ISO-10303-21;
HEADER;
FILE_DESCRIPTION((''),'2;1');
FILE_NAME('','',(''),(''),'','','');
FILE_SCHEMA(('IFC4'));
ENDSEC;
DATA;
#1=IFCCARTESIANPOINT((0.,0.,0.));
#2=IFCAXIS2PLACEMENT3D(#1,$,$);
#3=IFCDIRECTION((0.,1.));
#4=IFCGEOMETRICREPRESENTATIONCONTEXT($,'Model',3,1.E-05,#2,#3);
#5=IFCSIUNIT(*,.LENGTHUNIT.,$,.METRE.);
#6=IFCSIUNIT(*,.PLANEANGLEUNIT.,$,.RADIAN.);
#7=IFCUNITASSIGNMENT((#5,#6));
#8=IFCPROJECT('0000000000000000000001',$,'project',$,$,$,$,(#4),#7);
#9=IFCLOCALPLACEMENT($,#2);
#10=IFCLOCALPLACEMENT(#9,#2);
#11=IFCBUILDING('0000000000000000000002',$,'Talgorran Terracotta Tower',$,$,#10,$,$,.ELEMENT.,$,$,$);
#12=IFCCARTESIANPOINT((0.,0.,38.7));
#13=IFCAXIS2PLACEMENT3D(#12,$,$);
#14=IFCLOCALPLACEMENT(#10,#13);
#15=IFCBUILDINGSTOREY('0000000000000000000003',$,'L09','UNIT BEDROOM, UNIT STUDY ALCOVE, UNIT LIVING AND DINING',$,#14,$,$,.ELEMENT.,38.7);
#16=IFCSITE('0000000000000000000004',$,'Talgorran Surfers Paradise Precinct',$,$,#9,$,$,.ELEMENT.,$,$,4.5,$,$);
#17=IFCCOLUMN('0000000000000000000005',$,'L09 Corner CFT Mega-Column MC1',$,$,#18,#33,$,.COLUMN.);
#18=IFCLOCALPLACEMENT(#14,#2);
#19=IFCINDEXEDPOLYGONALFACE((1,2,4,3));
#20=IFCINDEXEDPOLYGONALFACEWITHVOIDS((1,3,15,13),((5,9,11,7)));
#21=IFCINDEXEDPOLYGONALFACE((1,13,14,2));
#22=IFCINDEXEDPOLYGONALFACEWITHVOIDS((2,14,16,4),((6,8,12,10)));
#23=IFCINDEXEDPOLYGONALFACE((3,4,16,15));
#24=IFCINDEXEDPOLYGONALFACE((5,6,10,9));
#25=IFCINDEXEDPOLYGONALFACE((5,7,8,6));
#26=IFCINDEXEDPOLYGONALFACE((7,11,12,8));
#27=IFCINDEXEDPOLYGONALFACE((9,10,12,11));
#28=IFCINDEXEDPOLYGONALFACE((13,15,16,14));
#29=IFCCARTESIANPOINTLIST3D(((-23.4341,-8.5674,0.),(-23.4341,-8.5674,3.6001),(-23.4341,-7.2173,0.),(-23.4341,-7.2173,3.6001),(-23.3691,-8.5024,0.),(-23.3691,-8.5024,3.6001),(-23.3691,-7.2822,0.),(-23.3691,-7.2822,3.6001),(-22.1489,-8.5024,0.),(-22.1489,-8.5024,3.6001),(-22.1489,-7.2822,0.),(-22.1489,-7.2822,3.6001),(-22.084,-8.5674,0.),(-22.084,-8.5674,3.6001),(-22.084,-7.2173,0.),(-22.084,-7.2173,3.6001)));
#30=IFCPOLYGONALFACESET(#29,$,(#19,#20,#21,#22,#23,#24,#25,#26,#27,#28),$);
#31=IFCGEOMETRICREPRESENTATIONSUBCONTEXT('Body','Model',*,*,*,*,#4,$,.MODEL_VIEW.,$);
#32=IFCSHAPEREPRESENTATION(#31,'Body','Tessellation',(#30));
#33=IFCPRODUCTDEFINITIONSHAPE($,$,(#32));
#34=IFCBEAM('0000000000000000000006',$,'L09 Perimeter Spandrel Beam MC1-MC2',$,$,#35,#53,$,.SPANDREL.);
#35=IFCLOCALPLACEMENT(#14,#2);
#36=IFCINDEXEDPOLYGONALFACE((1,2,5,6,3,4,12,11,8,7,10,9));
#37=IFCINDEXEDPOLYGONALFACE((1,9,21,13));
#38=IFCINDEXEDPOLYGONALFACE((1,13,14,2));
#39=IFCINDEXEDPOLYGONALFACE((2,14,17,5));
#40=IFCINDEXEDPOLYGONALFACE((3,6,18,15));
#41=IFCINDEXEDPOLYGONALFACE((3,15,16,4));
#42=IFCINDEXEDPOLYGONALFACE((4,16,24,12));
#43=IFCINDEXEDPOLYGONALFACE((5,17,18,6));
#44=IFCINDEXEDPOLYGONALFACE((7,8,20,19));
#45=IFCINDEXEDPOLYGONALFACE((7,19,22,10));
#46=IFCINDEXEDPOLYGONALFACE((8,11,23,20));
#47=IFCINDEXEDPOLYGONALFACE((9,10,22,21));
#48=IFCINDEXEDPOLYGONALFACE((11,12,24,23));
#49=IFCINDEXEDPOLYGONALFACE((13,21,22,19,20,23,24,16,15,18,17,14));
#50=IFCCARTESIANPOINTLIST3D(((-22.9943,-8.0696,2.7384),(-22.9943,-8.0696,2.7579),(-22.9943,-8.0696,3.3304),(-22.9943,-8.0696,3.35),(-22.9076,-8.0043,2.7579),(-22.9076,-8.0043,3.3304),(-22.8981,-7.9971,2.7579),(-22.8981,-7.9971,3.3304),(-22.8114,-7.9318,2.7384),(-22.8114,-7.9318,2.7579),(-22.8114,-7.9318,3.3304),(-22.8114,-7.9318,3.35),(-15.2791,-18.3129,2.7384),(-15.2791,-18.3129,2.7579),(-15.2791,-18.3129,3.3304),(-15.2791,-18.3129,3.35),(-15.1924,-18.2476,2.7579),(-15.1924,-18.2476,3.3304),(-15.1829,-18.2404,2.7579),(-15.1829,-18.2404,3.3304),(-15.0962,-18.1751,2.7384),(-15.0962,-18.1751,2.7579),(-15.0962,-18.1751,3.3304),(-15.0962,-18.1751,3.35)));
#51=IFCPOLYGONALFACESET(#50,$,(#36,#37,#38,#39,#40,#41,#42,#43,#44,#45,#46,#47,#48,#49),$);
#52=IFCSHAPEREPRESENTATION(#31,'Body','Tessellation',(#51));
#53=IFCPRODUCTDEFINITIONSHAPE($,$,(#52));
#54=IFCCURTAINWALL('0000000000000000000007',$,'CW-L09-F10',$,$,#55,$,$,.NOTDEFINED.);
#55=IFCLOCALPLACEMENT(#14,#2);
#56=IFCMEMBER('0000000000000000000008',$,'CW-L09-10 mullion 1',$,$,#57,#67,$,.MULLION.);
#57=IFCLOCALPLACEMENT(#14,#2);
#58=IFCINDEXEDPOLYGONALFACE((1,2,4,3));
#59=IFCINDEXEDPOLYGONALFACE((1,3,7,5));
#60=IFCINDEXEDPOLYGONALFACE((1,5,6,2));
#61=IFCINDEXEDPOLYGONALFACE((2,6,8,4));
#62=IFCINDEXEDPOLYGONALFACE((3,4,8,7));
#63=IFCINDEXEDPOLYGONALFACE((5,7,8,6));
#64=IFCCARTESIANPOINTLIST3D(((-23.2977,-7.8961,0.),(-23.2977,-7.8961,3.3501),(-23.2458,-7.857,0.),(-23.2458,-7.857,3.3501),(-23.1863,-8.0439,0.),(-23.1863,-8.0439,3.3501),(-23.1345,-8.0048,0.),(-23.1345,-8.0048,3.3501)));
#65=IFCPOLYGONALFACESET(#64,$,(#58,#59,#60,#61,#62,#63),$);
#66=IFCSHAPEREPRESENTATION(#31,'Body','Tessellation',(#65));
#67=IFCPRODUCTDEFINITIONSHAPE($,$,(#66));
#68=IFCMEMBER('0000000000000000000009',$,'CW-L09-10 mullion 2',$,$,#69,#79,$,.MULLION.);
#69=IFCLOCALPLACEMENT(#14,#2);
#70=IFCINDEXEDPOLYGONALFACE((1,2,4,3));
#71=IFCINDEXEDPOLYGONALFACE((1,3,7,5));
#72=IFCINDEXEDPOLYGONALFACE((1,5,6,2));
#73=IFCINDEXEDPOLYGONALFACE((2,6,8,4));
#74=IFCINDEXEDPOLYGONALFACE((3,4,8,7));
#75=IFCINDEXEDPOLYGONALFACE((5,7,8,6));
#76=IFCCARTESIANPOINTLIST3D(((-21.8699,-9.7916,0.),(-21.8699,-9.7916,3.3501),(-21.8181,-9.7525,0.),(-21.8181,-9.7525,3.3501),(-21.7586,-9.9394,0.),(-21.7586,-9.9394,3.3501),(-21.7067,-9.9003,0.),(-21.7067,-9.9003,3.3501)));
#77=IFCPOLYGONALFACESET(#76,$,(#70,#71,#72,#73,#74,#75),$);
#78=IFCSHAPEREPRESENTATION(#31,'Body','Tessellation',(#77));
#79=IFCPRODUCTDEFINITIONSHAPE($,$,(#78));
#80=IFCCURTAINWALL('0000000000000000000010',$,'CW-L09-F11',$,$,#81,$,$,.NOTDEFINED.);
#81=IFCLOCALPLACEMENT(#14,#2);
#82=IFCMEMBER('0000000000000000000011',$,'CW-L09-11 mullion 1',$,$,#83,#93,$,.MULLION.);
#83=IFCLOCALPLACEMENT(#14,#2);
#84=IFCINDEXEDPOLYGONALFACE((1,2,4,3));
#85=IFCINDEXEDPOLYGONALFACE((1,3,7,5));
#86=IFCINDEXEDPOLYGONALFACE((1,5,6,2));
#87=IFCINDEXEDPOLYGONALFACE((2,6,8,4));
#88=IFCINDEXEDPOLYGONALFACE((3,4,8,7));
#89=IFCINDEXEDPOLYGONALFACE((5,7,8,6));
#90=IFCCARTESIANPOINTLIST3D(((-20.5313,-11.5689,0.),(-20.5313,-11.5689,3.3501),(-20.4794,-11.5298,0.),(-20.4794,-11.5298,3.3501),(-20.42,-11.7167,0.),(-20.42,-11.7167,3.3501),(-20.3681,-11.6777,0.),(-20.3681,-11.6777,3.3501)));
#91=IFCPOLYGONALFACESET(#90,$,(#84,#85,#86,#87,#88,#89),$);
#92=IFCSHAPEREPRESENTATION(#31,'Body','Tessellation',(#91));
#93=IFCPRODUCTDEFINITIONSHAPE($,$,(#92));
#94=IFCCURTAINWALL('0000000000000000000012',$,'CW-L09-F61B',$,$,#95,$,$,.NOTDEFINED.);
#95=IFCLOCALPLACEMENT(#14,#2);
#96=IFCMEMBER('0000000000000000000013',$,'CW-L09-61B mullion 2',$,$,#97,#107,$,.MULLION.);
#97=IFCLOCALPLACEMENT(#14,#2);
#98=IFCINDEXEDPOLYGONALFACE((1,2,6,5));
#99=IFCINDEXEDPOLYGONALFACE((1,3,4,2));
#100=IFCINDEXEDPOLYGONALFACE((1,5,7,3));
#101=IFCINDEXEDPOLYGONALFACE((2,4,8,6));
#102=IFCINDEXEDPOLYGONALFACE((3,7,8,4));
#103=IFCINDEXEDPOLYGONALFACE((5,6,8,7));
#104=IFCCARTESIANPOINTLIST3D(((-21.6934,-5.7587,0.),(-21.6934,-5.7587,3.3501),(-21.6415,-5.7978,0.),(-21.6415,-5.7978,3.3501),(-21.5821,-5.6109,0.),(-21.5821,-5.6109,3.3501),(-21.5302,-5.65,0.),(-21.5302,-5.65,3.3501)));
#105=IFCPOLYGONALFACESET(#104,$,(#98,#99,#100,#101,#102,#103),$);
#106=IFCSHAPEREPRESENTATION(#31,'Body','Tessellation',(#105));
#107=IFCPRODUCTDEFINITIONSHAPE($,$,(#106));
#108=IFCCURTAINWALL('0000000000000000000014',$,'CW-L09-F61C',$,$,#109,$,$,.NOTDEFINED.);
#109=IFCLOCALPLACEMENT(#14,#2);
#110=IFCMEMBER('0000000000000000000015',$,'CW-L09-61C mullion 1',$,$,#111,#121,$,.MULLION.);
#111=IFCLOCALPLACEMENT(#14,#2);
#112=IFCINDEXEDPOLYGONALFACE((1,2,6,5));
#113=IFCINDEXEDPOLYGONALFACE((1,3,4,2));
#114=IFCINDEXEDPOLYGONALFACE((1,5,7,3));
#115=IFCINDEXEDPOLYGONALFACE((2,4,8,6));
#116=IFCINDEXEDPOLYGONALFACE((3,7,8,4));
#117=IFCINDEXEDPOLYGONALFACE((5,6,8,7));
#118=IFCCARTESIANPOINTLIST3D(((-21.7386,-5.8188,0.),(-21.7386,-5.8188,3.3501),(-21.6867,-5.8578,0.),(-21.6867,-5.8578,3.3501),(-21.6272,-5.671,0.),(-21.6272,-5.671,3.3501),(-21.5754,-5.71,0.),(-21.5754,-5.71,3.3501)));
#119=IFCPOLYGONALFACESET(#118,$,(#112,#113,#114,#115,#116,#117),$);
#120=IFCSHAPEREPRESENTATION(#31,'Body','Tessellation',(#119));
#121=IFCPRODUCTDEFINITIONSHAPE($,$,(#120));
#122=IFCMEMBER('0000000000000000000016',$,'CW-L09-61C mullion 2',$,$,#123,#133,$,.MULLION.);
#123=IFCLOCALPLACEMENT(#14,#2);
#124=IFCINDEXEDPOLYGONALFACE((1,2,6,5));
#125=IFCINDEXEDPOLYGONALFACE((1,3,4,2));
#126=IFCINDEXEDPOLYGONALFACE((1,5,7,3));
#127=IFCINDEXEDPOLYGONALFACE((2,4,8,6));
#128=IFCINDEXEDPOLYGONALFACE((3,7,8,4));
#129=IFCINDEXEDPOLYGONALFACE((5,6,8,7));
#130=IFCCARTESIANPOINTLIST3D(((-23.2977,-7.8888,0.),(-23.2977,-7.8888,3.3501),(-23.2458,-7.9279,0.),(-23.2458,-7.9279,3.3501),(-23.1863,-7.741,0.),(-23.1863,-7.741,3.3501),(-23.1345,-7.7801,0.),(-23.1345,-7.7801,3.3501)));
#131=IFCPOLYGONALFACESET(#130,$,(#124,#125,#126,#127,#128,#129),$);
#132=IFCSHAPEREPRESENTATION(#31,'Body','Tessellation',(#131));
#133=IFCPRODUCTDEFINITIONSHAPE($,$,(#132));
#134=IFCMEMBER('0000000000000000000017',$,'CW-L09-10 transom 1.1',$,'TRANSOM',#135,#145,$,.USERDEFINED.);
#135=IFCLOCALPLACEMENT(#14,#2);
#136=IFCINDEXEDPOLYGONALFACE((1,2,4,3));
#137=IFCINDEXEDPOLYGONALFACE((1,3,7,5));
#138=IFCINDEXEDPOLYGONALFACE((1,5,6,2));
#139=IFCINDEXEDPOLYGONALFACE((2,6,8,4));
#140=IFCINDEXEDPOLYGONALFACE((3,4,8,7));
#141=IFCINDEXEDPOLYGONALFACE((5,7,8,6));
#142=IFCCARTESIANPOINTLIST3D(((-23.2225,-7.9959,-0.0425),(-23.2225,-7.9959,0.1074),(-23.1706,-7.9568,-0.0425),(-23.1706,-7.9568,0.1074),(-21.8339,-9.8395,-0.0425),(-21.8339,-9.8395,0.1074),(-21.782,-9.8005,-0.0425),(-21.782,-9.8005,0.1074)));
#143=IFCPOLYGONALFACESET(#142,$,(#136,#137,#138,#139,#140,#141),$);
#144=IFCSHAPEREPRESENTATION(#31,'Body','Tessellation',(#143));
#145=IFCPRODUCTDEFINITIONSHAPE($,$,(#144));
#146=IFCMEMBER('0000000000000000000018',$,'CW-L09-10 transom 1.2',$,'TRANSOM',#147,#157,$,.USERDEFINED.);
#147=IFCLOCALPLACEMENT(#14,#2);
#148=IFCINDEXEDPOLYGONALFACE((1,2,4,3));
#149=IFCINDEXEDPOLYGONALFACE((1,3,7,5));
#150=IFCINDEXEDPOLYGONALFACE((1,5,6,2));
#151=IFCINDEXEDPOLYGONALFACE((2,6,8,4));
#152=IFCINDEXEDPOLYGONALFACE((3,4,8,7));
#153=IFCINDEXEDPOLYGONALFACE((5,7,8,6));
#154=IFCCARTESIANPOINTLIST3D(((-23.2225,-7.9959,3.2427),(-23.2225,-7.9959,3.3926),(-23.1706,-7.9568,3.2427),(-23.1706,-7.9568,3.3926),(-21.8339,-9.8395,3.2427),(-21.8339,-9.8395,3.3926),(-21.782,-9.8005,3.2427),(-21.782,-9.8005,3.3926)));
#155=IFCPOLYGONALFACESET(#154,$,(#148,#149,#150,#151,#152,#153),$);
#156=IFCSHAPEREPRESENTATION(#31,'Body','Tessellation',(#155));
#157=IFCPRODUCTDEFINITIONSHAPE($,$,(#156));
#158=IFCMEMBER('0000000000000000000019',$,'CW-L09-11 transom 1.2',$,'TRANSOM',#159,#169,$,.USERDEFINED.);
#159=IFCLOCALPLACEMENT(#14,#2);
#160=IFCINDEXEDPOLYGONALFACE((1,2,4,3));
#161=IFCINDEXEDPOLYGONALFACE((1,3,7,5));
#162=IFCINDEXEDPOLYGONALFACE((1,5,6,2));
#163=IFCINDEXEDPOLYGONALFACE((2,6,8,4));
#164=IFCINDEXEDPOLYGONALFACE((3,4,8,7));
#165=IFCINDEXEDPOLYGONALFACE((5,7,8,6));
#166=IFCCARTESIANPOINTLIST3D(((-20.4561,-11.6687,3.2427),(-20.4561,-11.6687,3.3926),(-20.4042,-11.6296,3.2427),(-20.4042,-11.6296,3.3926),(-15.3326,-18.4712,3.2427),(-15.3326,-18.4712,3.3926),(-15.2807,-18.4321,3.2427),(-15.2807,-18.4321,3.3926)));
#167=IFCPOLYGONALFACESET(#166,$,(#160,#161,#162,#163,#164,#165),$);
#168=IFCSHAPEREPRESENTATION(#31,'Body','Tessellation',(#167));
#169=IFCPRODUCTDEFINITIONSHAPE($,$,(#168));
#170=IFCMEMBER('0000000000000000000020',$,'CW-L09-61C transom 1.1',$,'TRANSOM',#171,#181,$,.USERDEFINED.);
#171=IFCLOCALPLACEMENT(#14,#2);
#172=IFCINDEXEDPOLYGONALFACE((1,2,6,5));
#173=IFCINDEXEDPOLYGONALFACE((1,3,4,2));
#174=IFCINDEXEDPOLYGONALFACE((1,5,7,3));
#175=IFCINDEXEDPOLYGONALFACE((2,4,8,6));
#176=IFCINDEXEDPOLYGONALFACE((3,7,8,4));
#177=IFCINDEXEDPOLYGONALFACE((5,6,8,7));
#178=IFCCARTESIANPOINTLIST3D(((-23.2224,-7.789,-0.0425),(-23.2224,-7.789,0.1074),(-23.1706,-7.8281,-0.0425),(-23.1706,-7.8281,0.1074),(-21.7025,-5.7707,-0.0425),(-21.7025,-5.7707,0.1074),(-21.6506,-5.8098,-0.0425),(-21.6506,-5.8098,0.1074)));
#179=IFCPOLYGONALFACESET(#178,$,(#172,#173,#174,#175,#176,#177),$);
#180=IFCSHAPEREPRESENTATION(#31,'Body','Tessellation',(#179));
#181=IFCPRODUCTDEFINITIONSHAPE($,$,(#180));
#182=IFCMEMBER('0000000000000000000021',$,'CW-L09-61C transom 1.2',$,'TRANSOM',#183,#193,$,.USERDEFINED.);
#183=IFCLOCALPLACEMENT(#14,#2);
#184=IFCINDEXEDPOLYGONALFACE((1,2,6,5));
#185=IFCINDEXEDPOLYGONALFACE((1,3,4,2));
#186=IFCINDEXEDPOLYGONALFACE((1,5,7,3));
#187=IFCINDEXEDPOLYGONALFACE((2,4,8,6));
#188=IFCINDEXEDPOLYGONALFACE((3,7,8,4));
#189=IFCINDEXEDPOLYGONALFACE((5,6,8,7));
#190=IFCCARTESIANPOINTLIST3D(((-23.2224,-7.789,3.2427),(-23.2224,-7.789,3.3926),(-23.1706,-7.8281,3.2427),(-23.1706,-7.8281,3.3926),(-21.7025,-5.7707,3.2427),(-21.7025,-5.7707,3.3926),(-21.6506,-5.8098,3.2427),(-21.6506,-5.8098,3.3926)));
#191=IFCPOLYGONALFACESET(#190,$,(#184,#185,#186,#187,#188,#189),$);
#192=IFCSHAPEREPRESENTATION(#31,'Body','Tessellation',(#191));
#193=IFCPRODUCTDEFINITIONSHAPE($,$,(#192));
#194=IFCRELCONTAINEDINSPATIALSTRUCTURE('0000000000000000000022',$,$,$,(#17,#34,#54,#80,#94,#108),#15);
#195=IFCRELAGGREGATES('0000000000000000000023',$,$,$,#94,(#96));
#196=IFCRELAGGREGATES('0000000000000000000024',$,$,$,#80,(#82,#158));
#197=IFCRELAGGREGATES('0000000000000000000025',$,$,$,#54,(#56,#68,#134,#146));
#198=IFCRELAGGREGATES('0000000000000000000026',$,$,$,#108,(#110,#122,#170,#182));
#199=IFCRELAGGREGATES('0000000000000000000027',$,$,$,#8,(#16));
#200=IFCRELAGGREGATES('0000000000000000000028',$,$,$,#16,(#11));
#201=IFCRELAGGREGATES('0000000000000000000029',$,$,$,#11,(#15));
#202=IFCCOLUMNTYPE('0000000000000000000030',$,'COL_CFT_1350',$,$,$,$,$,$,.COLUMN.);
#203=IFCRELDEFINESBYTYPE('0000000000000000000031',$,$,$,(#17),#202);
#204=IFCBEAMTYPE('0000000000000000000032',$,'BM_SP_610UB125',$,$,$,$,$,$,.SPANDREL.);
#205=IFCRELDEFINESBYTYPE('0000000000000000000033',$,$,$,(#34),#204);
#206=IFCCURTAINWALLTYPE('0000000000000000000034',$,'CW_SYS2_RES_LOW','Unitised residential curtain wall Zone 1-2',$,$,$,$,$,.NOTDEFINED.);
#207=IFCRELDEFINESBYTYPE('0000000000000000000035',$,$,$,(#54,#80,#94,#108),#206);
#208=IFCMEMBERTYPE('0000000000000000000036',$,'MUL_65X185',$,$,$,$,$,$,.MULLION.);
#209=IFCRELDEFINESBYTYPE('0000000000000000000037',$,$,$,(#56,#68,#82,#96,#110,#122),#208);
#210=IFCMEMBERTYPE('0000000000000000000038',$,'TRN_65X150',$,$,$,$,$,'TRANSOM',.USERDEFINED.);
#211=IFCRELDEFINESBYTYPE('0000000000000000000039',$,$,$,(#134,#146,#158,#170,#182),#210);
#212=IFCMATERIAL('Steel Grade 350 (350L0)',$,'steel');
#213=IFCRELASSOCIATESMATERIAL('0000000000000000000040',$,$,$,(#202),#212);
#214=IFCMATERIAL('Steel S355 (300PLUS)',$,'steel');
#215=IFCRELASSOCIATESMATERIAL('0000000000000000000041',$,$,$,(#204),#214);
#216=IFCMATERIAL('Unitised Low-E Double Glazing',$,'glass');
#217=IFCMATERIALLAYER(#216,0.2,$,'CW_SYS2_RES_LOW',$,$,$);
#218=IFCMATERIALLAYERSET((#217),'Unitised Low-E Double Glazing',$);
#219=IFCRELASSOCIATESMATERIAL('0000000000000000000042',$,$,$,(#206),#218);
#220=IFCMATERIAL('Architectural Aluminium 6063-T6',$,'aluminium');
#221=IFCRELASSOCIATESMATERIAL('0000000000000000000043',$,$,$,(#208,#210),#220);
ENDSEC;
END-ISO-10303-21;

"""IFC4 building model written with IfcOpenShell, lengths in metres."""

from ifc_helpers import new_model, si_unit, direction, frame, origin, origin_2d, place, context, subcontext, project, spatial, rectangle, hollow_rectangle, i_section, extrude, material, layer, layer_set, material_profile, profile_set, type_object, element, aggregate, save


model = new_model("IFC4")

# Units and contexts
model_context = context("Model", 3, precision=1e-05, world=origin(), true_north=direction((0.0, 1.0)))
body_context = subcontext(model_context, "Body", "Model", "MODEL_VIEW")
ifc_project = project(units=[si_unit("LENGTHUNIT", "METRE"), si_unit("PLANEANGLEUNIT", "RADIAN")], contexts=[model_context])

# Site, building, storey
site_placement = place(None, origin())
site = spatial("IfcSite", under=ifc_project, at=site_placement, Name="Talgorran Surfers Paradise Precinct", CompositionType="ELEMENT", RefElevation=4.5)
building_placement = place(site_placement, origin())
building = spatial("IfcBuilding", under=site, at=building_placement, Name="Talgorran Terracotta Tower", CompositionType="ELEMENT")
storey_placement = place(building_placement, frame((0.0, 0.0, 38.7)))
storey = spatial("IfcBuildingStorey", under=building, at=storey_placement, Name="L09", Description="UNIT BEDROOM, UNIT STUDY ALCOVE, UNIT LIVING AND DINING", CompositionType="ELEMENT", Elevation=38.7)

# Column
ifc_material_1 = material(Name="Steel Grade 350 (350L0)", Category="steel")
ifc_material_profile_1 = material_profile(ifc_material_1, hollow_rectangle(XDim=1.3501, YDim=1.3501, WallThickness=0.0649, at=origin_2d()), Name="CFT1350X1350X65")
ifc_profile_set_1 = profile_set([ifc_material_profile_1], Name="Steel Grade 350 (350L0)")
column_type = type_object("IfcColumnType", Name="COL_CFT_1350", PredefinedType="COLUMN", material=ifc_profile_set_1)
column_placement = place(storey_placement, frame((-22.759, -7.8923, 0.0), z_axis=(0.0, 0.0, 1.0), x_axis=(1.0, 0.0, 0.0)))
element("IfcColumn", 1, at=column_placement, inside=storey, type_object=column_type, Name="L09 Corner CFT Mega-Column MC1", PredefinedType="COLUMN", context=body_context, shape_type="SweptSolid", body=[
    extrude(hollow_rectangle(XDim=1.3501, YDim=1.3501, WallThickness=0.0649, at=origin_2d()), origin(), (0.0, 0.0, 1.0), 3.6001),
])

# Beam
ifc_material_2 = material(Name="Steel S355 (300PLUS)", Category="steel")
ifc_material_profile_2 = material_profile(ifc_material_2, i_section(OverallWidth=0.229, OverallDepth=0.6116, WebThickness=0.012, FlangeThickness=0.0195, at=origin_2d()), Name="610UB125")
ifc_profile_set_2 = profile_set([ifc_material_profile_2], Name="Steel S355 (300PLUS)")
beam_type = type_object("IfcBeamType", Name="BM_SP_610UB125", PredefinedType="SPANDREL", material=ifc_profile_set_2)
beam_placement = place(storey_placement, frame((-22.9028, -8.0007, 3.0442), z_axis=(0.601631, -0.798774, 0.0), x_axis=(0.798774, 0.601631, 0.0)))
element("IfcBeam", 2, at=beam_placement, inside=storey, type_object=beam_type, Name="L09 Perimeter Spandrel Beam MC1-MC2", PredefinedType="SPANDREL", context=body_context, shape_type="SweptSolid", body=[
    extrude(i_section(OverallWidth=0.229, OverallDepth=0.6116, WebThickness=0.012, FlangeThickness=0.0195, at=origin_2d()), origin(), (0.0, 0.0, 1.0), 12.8237),
])

# Curtain wall, members
ifc_material_3 = material(Name="Unitised Low-E Double Glazing", Category="glass")
ifc_layer_1 = layer(ifc_material_3, 0.2, Name="CW_SYS2_RES_LOW")
ifc_layer_set_1 = layer_set([ifc_layer_1], Name="Unitised Low-E Double Glazing")
curtain_wall_type = type_object("IfcCurtainWallType", Name="CW_SYS2_RES_LOW", Description="Unitised residential curtain wall Zone 1-2", PredefinedType="NOTDEFINED", material=ifc_layer_set_1)
curtain_wall_1_placement = place(storey_placement, origin())
curtain_wall_1 = element("IfcCurtainWall", 3, at=curtain_wall_1_placement, inside=storey, type_object=curtain_wall_type, Name="CW-L09-F10", PredefinedType="NOTDEFINED")
ifc_material_4 = material(Name="Architectural Aluminium 6063-T6", Category="aluminium")
ifc_material_profile_3 = material_profile(ifc_material_4, rectangle(XDim=0.0649, YDim=0.1851, at=origin_2d()), Name="CWM65X185")
ifc_profile_set_3 = profile_set([ifc_material_profile_3], Name="Architectural Aluminium 6063-T6")
member_type_1 = type_object("IfcMemberType", Name="MUL_65X185", PredefinedType="MULLION", material=ifc_profile_set_3)
member_1_placement = place(storey_placement, frame((-23.2161, -7.9504, 0.0), z_axis=(0.0, 0.0, 1.0), x_axis=(0.798763, 0.601646, 0.0)))
member_1 = element("IfcMember", 4, at=member_1_placement, type_object=member_type_1, Name="CW-L09-10 mullion 1", PredefinedType="MULLION", context=body_context, shape_type="SweptSolid", body=[
    extrude(rectangle(XDim=0.0649, YDim=0.1851, at=origin_2d()), origin(), (0.0, 0.0, 1.0), 3.3501),
])
member_2_placement = place(storey_placement, frame((-21.7883, -9.8459, 0.0), z_axis=(0.0, 0.0, 1.0), x_axis=(0.798763, 0.601646, 0.0)))
member_2 = element("IfcMember", 5, at=member_2_placement, type_object=member_type_1, Name="CW-L09-10 mullion 2", PredefinedType="MULLION", context=body_context, shape_type="SweptSolid", body=[
    extrude(rectangle(XDim=0.0649, YDim=0.1851, at=origin_2d()), origin(), (0.0, 0.0, 1.0), 3.3501),
])

# Curtain walls, members
curtain_wall_2_placement = place(storey_placement, origin())
curtain_wall_2 = element("IfcCurtainWall", 6, at=curtain_wall_2_placement, inside=storey, type_object=curtain_wall_type, Name="CW-L09-F11", PredefinedType="NOTDEFINED")
member_3_placement = place(storey_placement, frame((-20.4497, -11.6233, 0.0), z_axis=(0.0, 0.0, 1.0), x_axis=(0.798773, 0.601633, 0.0)))
member_3 = element("IfcMember", 7, at=member_3_placement, type_object=member_type_1, Name="CW-L09-11 mullion 1", PredefinedType="MULLION", context=body_context, shape_type="SweptSolid", body=[
    extrude(rectangle(XDim=0.0649, YDim=0.1851, at=origin_2d()), origin(), (0.0, 0.0, 1.0), 3.3501),
])
curtain_wall_3_placement = place(storey_placement, origin())
curtain_wall_3 = element("IfcCurtainWall", 8, at=curtain_wall_3_placement, inside=storey, type_object=curtain_wall_type, Name="CW-L09-F61B", PredefinedType="NOTDEFINED")
member_4_placement = place(storey_placement, frame((-21.6118, -5.7043, 0.0), z_axis=(0.0, 0.0, 1.0), x_axis=(0.798774, -0.601631, 0.0)))
member_4 = element("IfcMember", 9, at=member_4_placement, type_object=member_type_1, Name="CW-L09-61B mullion 2", PredefinedType="MULLION", context=body_context, shape_type="SweptSolid", body=[
    extrude(rectangle(XDim=0.0649, YDim=0.1851, at=origin_2d()), origin(), (0.0, 0.0, 1.0), 3.3501),
])
aggregate(curtain_wall_3, [member_4])

# Curtain wall, members
curtain_wall_4_placement = place(storey_placement, origin())
curtain_wall_4 = element("IfcCurtainWall", 10, at=curtain_wall_4_placement, inside=storey, type_object=curtain_wall_type, Name="CW-L09-F61C", PredefinedType="NOTDEFINED")
member_5_placement = place(storey_placement, frame((-21.657, -5.7644, 0.0), z_axis=(0.0, 0.0, 1.0), x_axis=(0.79877, -0.601637, 0.0)))
member_5 = element("IfcMember", 11, at=member_5_placement, type_object=member_type_1, Name="CW-L09-61C mullion 1", PredefinedType="MULLION", context=body_context, shape_type="SweptSolid", body=[
    extrude(rectangle(XDim=0.0649, YDim=0.1851, at=origin_2d()), origin(), (0.0, 0.0, 1.0), 3.3501),
])
member_6_placement = place(storey_placement, frame((-23.2161, -7.8345, 0.0), z_axis=(0.0, 0.0, 1.0), x_axis=(0.79877, -0.601637, 0.0)))
member_6 = element("IfcMember", 12, at=member_6_placement, type_object=member_type_1, Name="CW-L09-61C mullion 2", PredefinedType="MULLION", context=body_context, shape_type="SweptSolid", body=[
    extrude(rectangle(XDim=0.0649, YDim=0.1851, at=origin_2d()), origin(), (0.0, 0.0, 1.0), 3.3501),
])

# Members
ifc_material_profile_4 = material_profile(ifc_material_4, rectangle(XDim=0.0649, YDim=0.1499, at=origin_2d()), Name="CWT65X150")
ifc_profile_set_4 = profile_set([ifc_material_profile_4], Name="Architectural Aluminium 6063-T6")
member_type_2 = type_object("IfcMemberType", Name="TRN_65X150", ElementType="TRANSOM", PredefinedType="USERDEFINED", material=ifc_profile_set_4)
member_7_placement = place(storey_placement, frame((-23.1965, -7.9763, 0.0325), z_axis=(0.601623, -0.79878, 0.0), x_axis=(0.79878, 0.601623, 0.0)))
member_7 = element("IfcMember", 13, at=member_7_placement, type_object=member_type_2, Name="CW-L09-10 transom 1.1", ObjectType="TRANSOM", PredefinedType="USERDEFINED", context=body_context, shape_type="SweptSolid", body=[
    extrude(rectangle(XDim=0.0649, YDim=0.1499, at=origin_2d()), origin(), (0.0, 0.0, 1.0), 2.3081),
])
member_8_placement = place(storey_placement, frame((-23.1965, -7.9763, 3.3176), z_axis=(0.601623, -0.79878, 0.0), x_axis=(0.79878, 0.601623, 0.0)))
member_8 = element("IfcMember", 14, at=member_8_placement, type_object=member_type_2, Name="CW-L09-10 transom 1.2", ObjectType="TRANSOM", PredefinedType="USERDEFINED", context=body_context, shape_type="SweptSolid", body=[
    extrude(rectangle(XDim=0.0649, YDim=0.1499, at=origin_2d()), origin(), (0.0, 0.0, 1.0), 2.3081),
])
member_9_placement = place(storey_placement, frame((-20.4302, -11.6492, 3.3176), z_axis=(0.601627, -0.798777, 0.0), x_axis=(0.798777, 0.601627, 0.0)))
member_9 = element("IfcMember", 15, at=member_9_placement, type_object=member_type_2, Name="CW-L09-11 transom 1.2", ObjectType="TRANSOM", PredefinedType="USERDEFINED", context=body_context, shape_type="SweptSolid", body=[
    extrude(rectangle(XDim=0.0649, YDim=0.1499, at=origin_2d()), origin(), (0.0, 0.0, 1.0), 8.5161),
])
aggregate(curtain_wall_2, [member_3, member_9])
member_10_placement = place(storey_placement, frame((-21.6765, -5.7903, 0.0325), z_axis=(-0.601591, -0.798804, 0.0), x_axis=(0.798804, -0.601591, 0.0)))
member_10 = element("IfcMember", 16, at=member_10_placement, type_object=member_type_2, Name="CW-L09-61C transom 1.1", ObjectType="TRANSOM", PredefinedType="USERDEFINED", context=body_context, shape_type="SweptSolid", body=[
    extrude(rectangle(XDim=0.0649, YDim=0.1499, at=origin_2d()), origin(), (0.0, 0.0, 1.0), 2.5266),
])
member_11_placement = place(storey_placement, frame((-21.6765, -5.7903, 3.3176), z_axis=(-0.601591, -0.798804, 0.0), x_axis=(0.798804, -0.601591, 0.0)))
member_11 = element("IfcMember", 17, at=member_11_placement, type_object=member_type_2, Name="CW-L09-61C transom 1.2", ObjectType="TRANSOM", PredefinedType="USERDEFINED", context=body_context, shape_type="SweptSolid", body=[
    extrude(rectangle(XDim=0.0649, YDim=0.1499, at=origin_2d()), origin(), (0.0, 0.0, 1.0), 2.5266),
])

aggregate(curtain_wall_1, [member_1, member_2, member_7, member_8])
aggregate(curtain_wall_4, [member_5, member_6, member_10, member_11])

save(model, "model.ifc")
